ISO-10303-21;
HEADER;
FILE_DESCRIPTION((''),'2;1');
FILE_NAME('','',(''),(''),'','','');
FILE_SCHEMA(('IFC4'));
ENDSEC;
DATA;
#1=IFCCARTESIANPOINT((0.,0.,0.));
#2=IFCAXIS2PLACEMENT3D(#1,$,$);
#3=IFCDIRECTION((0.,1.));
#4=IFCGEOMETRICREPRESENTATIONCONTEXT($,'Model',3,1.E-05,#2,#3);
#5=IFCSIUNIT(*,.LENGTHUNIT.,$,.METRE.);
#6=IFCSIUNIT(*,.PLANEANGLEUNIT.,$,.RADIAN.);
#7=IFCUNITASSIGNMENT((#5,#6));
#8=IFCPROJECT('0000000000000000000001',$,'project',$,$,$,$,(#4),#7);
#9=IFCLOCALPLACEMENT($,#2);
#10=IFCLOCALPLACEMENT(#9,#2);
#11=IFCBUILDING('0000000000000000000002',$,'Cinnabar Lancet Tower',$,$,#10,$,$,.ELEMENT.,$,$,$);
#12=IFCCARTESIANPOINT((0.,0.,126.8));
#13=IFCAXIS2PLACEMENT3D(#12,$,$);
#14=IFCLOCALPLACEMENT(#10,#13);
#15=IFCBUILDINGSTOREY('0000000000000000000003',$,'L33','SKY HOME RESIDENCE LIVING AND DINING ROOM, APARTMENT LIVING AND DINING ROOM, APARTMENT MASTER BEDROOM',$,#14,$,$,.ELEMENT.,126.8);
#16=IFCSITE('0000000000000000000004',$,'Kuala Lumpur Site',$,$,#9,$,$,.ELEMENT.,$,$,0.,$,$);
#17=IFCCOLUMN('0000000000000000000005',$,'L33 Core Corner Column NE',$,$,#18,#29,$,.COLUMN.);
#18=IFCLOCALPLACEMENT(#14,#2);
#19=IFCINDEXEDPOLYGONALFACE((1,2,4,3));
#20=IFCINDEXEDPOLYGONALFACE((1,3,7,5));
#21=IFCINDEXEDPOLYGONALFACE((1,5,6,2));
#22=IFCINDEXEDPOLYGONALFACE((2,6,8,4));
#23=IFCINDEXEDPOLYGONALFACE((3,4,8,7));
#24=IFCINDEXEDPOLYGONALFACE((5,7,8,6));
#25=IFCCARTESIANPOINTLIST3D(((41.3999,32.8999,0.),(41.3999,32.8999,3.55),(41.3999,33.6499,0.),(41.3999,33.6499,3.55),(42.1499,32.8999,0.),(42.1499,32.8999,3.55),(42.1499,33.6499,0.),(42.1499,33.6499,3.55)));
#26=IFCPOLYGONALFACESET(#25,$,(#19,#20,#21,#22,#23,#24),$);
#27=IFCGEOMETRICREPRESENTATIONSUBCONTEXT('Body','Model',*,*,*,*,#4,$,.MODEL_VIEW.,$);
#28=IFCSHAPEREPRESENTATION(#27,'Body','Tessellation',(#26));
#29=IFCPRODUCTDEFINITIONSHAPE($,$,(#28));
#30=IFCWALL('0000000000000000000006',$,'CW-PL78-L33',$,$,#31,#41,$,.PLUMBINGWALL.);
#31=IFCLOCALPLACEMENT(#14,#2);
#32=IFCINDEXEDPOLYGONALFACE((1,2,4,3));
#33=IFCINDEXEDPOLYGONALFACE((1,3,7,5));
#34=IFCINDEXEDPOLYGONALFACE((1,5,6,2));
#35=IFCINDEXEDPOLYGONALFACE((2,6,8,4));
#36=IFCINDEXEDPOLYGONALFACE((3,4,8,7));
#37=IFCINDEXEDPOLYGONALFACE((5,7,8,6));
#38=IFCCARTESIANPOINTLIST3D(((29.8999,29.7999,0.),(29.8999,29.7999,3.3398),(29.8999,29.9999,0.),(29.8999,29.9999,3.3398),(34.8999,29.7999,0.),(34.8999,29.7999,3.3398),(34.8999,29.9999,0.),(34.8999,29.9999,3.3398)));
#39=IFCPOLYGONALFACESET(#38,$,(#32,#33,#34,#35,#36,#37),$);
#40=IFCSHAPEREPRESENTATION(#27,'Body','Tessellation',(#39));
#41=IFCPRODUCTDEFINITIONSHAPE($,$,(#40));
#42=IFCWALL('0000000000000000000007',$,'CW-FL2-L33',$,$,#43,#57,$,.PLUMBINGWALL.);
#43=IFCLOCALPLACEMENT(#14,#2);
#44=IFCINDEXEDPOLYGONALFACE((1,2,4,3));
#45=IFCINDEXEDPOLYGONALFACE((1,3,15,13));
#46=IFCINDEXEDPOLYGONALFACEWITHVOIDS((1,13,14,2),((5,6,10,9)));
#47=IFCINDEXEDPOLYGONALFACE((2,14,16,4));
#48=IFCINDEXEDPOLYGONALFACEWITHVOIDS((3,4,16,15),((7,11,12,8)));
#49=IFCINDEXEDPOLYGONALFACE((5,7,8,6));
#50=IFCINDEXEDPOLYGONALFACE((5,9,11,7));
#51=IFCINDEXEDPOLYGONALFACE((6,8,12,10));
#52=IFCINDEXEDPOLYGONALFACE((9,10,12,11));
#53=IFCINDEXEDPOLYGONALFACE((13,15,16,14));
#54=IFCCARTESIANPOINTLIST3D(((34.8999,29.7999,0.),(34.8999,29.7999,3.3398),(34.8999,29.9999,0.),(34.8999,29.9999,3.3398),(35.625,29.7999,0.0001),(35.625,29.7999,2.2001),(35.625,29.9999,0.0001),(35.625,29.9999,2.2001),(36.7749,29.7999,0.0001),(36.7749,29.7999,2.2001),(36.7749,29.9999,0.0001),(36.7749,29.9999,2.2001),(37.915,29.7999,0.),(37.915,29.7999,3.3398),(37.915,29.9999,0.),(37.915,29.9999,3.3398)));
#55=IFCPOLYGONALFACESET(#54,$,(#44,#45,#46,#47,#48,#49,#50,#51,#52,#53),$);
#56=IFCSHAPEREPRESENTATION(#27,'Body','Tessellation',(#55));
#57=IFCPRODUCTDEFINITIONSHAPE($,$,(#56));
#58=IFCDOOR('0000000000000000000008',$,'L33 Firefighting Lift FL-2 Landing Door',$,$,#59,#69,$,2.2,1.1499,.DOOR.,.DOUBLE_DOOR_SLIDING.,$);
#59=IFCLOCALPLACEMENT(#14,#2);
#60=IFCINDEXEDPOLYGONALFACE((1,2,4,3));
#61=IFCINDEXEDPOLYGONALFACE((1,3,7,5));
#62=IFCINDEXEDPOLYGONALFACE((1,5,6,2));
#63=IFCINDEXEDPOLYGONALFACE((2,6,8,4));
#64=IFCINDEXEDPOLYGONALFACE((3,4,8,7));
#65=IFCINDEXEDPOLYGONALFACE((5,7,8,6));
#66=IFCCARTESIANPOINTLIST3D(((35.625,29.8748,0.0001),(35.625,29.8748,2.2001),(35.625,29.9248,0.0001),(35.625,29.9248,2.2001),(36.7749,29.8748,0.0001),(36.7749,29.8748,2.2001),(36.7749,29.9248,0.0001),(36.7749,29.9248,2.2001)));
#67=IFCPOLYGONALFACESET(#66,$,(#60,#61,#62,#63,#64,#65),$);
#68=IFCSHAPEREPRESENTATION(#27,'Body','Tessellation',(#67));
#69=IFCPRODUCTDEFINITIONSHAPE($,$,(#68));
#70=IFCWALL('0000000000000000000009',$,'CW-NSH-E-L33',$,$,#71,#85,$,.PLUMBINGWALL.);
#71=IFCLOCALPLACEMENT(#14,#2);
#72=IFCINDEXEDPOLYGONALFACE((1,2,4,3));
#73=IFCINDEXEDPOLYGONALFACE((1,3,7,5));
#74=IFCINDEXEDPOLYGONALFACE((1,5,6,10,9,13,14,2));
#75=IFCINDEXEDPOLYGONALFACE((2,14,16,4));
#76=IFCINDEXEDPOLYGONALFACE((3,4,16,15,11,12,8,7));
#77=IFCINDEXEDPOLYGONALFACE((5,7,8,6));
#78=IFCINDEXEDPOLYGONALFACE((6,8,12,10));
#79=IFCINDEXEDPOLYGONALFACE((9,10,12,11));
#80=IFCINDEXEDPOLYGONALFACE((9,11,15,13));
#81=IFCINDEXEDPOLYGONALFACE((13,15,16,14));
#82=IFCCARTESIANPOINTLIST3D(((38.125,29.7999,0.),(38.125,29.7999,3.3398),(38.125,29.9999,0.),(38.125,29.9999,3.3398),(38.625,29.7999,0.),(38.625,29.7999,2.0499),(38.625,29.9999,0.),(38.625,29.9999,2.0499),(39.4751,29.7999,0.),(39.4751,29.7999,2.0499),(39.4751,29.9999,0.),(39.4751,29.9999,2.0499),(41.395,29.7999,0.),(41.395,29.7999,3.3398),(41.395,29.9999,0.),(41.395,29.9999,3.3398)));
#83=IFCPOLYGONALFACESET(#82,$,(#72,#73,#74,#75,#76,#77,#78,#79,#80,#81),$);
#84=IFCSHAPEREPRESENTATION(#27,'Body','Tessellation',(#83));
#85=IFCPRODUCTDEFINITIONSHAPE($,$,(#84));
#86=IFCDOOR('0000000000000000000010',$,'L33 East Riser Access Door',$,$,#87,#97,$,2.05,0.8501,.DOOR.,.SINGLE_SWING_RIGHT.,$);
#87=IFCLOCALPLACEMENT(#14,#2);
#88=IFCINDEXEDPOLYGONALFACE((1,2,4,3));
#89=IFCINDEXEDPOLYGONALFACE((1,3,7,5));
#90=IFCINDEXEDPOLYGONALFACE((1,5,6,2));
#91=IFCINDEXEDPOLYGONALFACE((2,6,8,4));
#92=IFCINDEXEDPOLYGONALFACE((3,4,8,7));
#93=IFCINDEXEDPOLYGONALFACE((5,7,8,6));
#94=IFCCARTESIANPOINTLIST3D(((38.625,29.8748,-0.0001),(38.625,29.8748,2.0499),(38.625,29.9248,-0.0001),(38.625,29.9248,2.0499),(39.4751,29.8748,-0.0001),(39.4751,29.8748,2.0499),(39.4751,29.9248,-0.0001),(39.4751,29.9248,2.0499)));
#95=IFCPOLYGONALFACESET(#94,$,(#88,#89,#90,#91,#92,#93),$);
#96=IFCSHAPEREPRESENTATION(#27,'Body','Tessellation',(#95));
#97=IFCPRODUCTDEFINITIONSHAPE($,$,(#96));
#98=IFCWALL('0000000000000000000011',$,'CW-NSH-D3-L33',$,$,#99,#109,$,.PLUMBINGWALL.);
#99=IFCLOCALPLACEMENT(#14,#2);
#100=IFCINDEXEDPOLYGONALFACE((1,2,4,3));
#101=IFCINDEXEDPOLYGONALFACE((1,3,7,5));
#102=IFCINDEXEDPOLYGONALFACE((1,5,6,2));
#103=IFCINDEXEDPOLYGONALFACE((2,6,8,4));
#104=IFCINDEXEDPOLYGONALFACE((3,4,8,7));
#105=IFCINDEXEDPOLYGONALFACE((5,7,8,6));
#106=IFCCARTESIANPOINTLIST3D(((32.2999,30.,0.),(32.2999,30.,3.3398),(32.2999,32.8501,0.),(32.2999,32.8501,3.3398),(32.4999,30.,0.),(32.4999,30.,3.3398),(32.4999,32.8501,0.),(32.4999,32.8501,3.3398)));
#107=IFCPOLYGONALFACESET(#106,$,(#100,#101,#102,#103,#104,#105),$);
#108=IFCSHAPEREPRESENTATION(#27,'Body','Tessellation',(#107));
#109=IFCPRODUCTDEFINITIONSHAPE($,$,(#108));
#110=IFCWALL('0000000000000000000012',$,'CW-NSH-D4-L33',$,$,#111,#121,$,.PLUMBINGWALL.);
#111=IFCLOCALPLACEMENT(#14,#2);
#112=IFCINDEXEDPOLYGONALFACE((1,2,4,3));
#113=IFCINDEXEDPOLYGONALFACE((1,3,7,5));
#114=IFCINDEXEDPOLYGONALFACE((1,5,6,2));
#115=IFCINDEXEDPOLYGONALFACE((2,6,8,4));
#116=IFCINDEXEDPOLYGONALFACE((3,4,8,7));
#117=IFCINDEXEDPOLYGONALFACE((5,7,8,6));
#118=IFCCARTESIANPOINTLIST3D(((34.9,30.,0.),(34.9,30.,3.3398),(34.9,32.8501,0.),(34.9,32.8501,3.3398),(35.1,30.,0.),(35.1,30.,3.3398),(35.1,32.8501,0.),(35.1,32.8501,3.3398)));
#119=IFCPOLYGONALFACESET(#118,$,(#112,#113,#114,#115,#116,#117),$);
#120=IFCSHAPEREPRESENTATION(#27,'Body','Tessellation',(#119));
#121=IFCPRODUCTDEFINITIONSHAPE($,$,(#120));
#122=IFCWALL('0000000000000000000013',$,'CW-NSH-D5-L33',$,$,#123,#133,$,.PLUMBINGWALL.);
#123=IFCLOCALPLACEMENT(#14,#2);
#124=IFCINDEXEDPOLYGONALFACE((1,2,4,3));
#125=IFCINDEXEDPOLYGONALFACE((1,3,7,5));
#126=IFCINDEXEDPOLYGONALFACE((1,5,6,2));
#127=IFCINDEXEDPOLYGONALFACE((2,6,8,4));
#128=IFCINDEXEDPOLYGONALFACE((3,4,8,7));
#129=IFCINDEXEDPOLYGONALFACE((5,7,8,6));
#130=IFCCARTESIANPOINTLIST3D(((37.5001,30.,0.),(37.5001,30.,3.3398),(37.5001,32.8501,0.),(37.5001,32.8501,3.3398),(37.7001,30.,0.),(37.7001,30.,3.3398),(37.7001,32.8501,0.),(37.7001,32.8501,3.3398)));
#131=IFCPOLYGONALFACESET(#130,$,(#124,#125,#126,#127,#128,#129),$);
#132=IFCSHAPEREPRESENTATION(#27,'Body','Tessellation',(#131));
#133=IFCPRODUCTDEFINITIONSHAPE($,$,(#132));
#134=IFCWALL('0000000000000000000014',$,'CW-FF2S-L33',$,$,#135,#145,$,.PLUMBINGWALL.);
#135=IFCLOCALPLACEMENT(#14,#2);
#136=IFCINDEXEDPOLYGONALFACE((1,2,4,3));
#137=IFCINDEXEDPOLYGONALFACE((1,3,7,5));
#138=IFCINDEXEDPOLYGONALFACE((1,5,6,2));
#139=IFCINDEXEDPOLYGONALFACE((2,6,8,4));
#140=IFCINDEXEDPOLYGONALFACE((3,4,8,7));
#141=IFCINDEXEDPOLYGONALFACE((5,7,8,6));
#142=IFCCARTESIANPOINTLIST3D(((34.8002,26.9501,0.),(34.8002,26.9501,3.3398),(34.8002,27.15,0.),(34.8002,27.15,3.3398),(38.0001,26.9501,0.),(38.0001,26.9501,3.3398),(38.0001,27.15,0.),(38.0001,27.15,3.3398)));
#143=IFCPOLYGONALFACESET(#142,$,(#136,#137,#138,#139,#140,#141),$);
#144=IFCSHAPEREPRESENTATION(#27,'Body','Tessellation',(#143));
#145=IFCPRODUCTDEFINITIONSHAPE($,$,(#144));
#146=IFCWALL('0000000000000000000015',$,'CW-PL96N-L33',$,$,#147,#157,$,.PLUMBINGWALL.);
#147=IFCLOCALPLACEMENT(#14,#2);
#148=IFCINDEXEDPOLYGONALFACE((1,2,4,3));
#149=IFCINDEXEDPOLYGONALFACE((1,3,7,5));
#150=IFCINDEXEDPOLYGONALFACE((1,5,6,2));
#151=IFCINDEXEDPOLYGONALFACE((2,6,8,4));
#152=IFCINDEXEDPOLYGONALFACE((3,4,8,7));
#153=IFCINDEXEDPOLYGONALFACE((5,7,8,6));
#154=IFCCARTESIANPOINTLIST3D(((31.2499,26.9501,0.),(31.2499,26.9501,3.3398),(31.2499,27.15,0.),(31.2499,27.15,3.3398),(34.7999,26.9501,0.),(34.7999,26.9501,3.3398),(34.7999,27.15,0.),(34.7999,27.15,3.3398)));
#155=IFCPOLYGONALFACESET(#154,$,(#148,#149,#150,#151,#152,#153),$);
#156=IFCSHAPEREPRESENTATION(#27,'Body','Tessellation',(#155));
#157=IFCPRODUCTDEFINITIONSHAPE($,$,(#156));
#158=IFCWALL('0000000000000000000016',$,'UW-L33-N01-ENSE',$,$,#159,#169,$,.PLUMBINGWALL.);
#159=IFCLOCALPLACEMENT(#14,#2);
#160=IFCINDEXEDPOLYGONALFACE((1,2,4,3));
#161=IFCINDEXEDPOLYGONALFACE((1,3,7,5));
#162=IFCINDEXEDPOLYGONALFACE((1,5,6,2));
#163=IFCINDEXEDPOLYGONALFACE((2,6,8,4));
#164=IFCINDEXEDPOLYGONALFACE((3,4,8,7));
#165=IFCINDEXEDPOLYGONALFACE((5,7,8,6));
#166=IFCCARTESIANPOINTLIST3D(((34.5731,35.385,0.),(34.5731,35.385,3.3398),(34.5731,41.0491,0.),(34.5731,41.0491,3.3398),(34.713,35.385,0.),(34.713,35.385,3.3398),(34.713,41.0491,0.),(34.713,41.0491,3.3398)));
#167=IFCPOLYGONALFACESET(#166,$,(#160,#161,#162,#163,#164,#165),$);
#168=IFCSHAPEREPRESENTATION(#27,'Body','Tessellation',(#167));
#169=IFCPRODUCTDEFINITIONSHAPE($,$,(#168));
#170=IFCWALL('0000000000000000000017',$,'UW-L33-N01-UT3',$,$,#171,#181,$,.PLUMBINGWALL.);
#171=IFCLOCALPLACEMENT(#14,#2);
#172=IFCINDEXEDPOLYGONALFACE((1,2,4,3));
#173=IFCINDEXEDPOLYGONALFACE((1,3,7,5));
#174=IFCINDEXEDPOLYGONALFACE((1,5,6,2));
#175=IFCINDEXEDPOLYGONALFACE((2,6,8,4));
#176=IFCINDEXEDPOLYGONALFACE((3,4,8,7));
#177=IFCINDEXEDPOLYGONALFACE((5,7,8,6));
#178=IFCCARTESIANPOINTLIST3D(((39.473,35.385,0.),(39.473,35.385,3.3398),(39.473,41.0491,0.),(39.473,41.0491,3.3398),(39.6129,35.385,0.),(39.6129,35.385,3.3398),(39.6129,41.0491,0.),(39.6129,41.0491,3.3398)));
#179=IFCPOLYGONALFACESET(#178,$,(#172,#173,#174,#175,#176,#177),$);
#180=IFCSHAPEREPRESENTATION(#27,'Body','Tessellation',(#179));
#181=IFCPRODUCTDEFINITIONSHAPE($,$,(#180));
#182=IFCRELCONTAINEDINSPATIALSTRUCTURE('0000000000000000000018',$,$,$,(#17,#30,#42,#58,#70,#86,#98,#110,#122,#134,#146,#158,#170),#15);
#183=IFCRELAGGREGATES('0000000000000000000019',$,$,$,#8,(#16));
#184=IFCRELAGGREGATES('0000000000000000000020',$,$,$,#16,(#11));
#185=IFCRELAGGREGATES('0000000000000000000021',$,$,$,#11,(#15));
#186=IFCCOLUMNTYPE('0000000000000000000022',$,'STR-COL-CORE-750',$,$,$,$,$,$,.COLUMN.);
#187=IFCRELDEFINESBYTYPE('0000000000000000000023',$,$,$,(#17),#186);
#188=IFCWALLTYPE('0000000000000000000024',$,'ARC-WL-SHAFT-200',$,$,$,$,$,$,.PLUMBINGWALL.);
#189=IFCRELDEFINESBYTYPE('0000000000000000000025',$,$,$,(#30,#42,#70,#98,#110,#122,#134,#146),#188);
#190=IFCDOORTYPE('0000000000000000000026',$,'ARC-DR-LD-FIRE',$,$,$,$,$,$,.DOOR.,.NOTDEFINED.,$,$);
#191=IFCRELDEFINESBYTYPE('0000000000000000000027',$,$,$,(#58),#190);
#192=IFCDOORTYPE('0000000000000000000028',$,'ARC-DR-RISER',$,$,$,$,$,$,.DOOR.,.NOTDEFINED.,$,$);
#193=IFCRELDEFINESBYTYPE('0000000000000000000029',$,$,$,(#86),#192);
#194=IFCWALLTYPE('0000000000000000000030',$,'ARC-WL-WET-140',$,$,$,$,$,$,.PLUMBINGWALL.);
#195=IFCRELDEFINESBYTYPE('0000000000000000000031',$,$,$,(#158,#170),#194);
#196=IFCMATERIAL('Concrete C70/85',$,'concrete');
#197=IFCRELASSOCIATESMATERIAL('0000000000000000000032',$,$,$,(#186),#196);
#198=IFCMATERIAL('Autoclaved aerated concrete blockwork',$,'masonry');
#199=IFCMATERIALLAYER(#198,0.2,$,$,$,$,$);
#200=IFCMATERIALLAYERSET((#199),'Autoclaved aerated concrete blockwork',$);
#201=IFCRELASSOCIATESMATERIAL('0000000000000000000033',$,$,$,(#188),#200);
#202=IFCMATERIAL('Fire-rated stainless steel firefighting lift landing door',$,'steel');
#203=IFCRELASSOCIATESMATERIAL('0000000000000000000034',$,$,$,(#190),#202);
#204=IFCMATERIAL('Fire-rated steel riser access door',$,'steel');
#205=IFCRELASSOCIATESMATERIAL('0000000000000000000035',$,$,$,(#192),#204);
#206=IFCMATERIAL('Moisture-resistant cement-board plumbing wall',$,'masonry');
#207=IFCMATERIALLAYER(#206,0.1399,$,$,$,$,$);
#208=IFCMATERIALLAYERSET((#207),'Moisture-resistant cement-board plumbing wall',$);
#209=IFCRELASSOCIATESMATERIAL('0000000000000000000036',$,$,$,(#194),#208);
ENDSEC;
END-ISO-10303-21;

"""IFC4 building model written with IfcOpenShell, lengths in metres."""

from ifc_helpers import new_model, si_unit, direction, frame, frame_2d, origin, origin_2d, place, context, subcontext, project, spatial, rectangle, extrude, material, layer, layer_set, material_profile, profile_set, type_object, element, fill, save


model = new_model("IFC4")

# Units and contexts
model_context = context("Model", 3, precision=1e-05, world=origin(), true_north=direction((0.0, 1.0)))
body_context = subcontext(model_context, "Body", "Model", "MODEL_VIEW")
ifc_project = project(units=[si_unit("LENGTHUNIT", "METRE"), si_unit("PLANEANGLEUNIT", "RADIAN")], contexts=[model_context])

# Site, building, storey
site_placement = place(None, origin())
site = spatial("IfcSite", under=ifc_project, at=site_placement, Name="Kuala Lumpur Site", CompositionType="ELEMENT", RefElevation=0.0)
building_placement = place(site_placement, origin())
building = spatial("IfcBuilding", under=site, at=building_placement, Name="Cinnabar Lancet Tower", CompositionType="ELEMENT")
storey_placement = place(building_placement, frame((0.0, 0.0, 126.8)))
storey = spatial("IfcBuildingStorey", under=building, at=storey_placement, Name="L33", Description="SKY HOME RESIDENCE LIVING AND DINING ROOM, APARTMENT LIVING AND DINING ROOM, APARTMENT MASTER BEDROOM", CompositionType="ELEMENT", Elevation=126.8)

# Column
ifc_material_1 = material(Name="Concrete C70/85", Category="concrete")
ifc_material_profile = material_profile(ifc_material_1, rectangle(XDim=0.75, YDim=0.75, at=origin_2d()), Name="RC-COL 750x750")
ifc_profile_set = profile_set([ifc_material_profile], Name="Concrete C70/85")
column_type = type_object("IfcColumnType", Name="STR-COL-CORE-750", PredefinedType="COLUMN", material=ifc_profile_set)
column_placement = place(storey_placement, frame((41.7749, 33.2749, 0.0), z_axis=(0.0, 0.0, 1.0), x_axis=(1.0, 0.0, 0.0)))
element("IfcColumn", 1, at=column_placement, inside=storey, type_object=column_type, Name="L33 Core Corner Column NE", PredefinedType="COLUMN", context=body_context, shape_type="SweptSolid", body=[
    extrude(rectangle(XDim=0.75, YDim=0.75, at=origin_2d()), origin(), (0.0, 0.0, 1.0), 3.55),
])

# Wall
ifc_material_2 = material(Name="Autoclaved aerated concrete blockwork", Category="masonry")
ifc_layer_1 = layer(ifc_material_2, 0.2)
ifc_layer_set_1 = layer_set([ifc_layer_1], Name="Autoclaved aerated concrete blockwork")
wall_type_1 = type_object("IfcWallType", Name="ARC-WL-SHAFT-200", PredefinedType="PLUMBINGWALL", material=ifc_layer_set_1)
wall_1_placement = place(storey_placement, frame((29.8999, 29.8999, 0.0), z_axis=(0.0, 0.0, 1.0), x_axis=(1.0, 0.0, 0.0)))
element("IfcWall", 2, at=wall_1_placement, inside=storey, type_object=wall_type_1, Name="CW-PL78-L33", PredefinedType="PLUMBINGWALL", context=body_context, shape_type="SweptSolid", body=[
    extrude(rectangle(XDim=5.0, YDim=0.2, at=frame_2d((2.5, 0.0))), origin(), (0.0, 0.0, 1.0), 3.3398),
])

# Walls, openings, doors
wall_2_placement = place(storey_placement, frame((34.8999, 29.8999, 0.0), z_axis=(0.0, 0.0, 1.0), x_axis=(1.0, 0.0, 0.0)))
wall_2 = element("IfcWall", 3, at=wall_2_placement, inside=storey, type_object=wall_type_1, Name="CW-FL2-L33", PredefinedType="PLUMBINGWALL", context=body_context, shape_type="SweptSolid", body=[
    extrude(rectangle(XDim=3.0151, YDim=0.2, at=frame_2d((1.5076, 0.0))), origin(), (0.0, 0.0, 1.0), 3.3398),
])
opening_1_placement = place(wall_2_placement, frame((0.7251, 0.0, 0.0)))
opening_1 = element("IfcOpeningElement", 4, at=opening_1_placement, cuts=wall_2, PredefinedType="OPENING", context=body_context, shape_type="SweptSolid", body=[
    extrude(rectangle(XDim=1.1499, YDim=2.2, at=frame_2d((0.575, 1.1001))), frame((0.0, 0.1099, 0.0), z_axis=(0.0, -1.0, 0.0), x_axis=(1.0, 0.0, 0.0)), (0.0, 0.0, 1.0), 0.22),
])
ifc_material_3 = material(Name="Fire-rated stainless steel firefighting lift landing door", Category="steel")
door_type_1 = type_object("IfcDoorType", Name="ARC-DR-LD-FIRE", OperationType="NOTDEFINED", PredefinedType="DOOR", material=ifc_material_3)
door_1_placement = place(opening_1_placement, origin())
door_1 = element("IfcDoor", 5, at=door_1_placement, inside=storey, type_object=door_type_1, Name="L33 Firefighting Lift FL-2 Landing Door", OperationType="DOUBLE_DOOR_SLIDING", OverallHeight=2.2, OverallWidth=1.1499, PredefinedType="DOOR", context=body_context, shape_type="SweptSolid", body=[
    extrude(rectangle(XDim=1.1499, YDim=2.2, at=frame_2d((0.575, 1.1001))), frame((0.0, 0.0249, 0.0), z_axis=(0.0, -1.0, 0.0), x_axis=(1.0, 0.0, 0.0)), (0.0, 0.0, 1.0), 0.05),
])
fill(opening_1, door_1)
wall_3_placement = place(storey_placement, frame((38.125, 29.8999, 0.0), z_axis=(0.0, 0.0, 1.0), x_axis=(1.0, 0.0, 0.0)))
wall_3 = element("IfcWall", 6, at=wall_3_placement, inside=storey, type_object=wall_type_1, Name="CW-NSH-E-L33", PredefinedType="PLUMBINGWALL", context=body_context, shape_type="SweptSolid", body=[
    extrude(rectangle(XDim=3.27, YDim=0.2, at=frame_2d((1.635, 0.0))), origin(), (0.0, 0.0, 1.0), 3.3398),
])
opening_2_placement = place(wall_3_placement, frame((0.5, 0.0, 0.0)))
opening_2 = element("IfcOpeningElement", 7, at=opening_2_placement, cuts=wall_3, PredefinedType="OPENING", context=body_context, shape_type="SweptSolid", body=[
    extrude(rectangle(XDim=0.8501, YDim=2.05, at=frame_2d((0.425, 1.0249))), frame((0.0, 0.1099, 0.0), z_axis=(0.0, -1.0, 0.0), x_axis=(1.0, 0.0, 0.0)), (0.0, 0.0, 1.0), 0.22),
])
ifc_material_4 = material(Name="Fire-rated steel riser access door", Category="steel")
door_type_2 = type_object("IfcDoorType", Name="ARC-DR-RISER", OperationType="NOTDEFINED", PredefinedType="DOOR", material=ifc_material_4)
door_2_placement = place(opening_2_placement, origin())
door_2 = element("IfcDoor", 8, at=door_2_placement, inside=storey, type_object=door_type_2, Name="L33 East Riser Access Door", OperationType="SINGLE_SWING_RIGHT", OverallHeight=2.05, OverallWidth=0.8501, PredefinedType="DOOR", context=body_context, shape_type="SweptSolid", body=[
    extrude(rectangle(XDim=0.8501, YDim=2.05, at=frame_2d((0.425, 1.0249))), frame((0.0, 0.0249, 0.0), z_axis=(0.0, -1.0, 0.0), x_axis=(1.0, 0.0, 0.0)), (0.0, 0.0, 1.0), 0.05),
])
fill(opening_2, door_2)

# Walls
for number, where, z_axis, x_axis, name in (
    (9, (32.3999, 30.0, 0.0), (0.0, 0.0, 1.0), (0.0, 1.0, 0.0), "CW-NSH-D3-L33"),
    (10, (35.0, 30.0, 0.0), (0.0, 0.0, 1.0), (0.0, 1.0, 0.0), "CW-NSH-D4-L33"),
    (11, (37.6001, 30.0, 0.0), (0.0, 0.0, 1.0), (0.0, 1.0, 0.0), "CW-NSH-D5-L33"),
):
    element("IfcWall", number, at=place(storey_placement, frame(where, z_axis=z_axis, x_axis=x_axis)), inside=storey, type_object=wall_type_1, Name=name, PredefinedType="PLUMBINGWALL", context=body_context, shape_type="SweptSolid", body=[
        extrude(rectangle(XDim=2.8501, YDim=0.2, at=frame_2d((1.425, 0.0))), origin(), (0.0, 0.0, 1.0), 3.3398),
    ])

# Walls
wall_4_placement = place(storey_placement, frame((34.8, 27.05, 0.0), z_axis=(0.0, 0.0, 1.0), x_axis=(1.0, 0.0, 0.0)))
element("IfcWall", 12, at=wall_4_placement, inside=storey, type_object=wall_type_1, Name="CW-FF2S-L33", PredefinedType="PLUMBINGWALL", context=body_context, shape_type="SweptSolid", body=[
    extrude(rectangle(XDim=3.2, YDim=0.2, at=frame_2d((1.6001, 0.0))), origin(), (0.0, 0.0, 1.0), 3.3398),
])
wall_5_placement = place(storey_placement, frame((31.25, 27.05, 0.0), z_axis=(0.0, 0.0, 1.0), x_axis=(1.0, 0.0, 0.0)))
element("IfcWall", 13, at=wall_5_placement, inside=storey, type_object=wall_type_1, Name="CW-PL96N-L33", PredefinedType="PLUMBINGWALL", context=body_context, shape_type="SweptSolid", body=[
    extrude(rectangle(XDim=3.55, YDim=0.2, at=frame_2d((1.7749, 0.0))), origin(), (0.0, 0.0, 1.0), 3.3398),
])
ifc_material_5 = material(Name="Moisture-resistant cement-board plumbing wall", Category="masonry")
ifc_layer_2 = layer(ifc_material_5, 0.1399)
ifc_layer_set_2 = layer_set([ifc_layer_2], Name="Moisture-resistant cement-board plumbing wall")
wall_type_2 = type_object("IfcWallType", Name="ARC-WL-WET-140", PredefinedType="PLUMBINGWALL", material=ifc_layer_set_2)
for number, where, z_axis, x_axis, name in (
    (14, (34.6431, 35.385, 0.0), (0.0, 0.0, 1.0), (0.0, 1.0, 0.0), "UW-L33-N01-ENSE"),
    (15, (39.543, 35.385, 0.0), (0.0, 0.0, 1.0), (0.0, 1.0, 0.0), "UW-L33-N01-UT3"),
):
    element("IfcWall", number, at=place(storey_placement, frame(where, z_axis=z_axis, x_axis=x_axis)), inside=storey, type_object=wall_type_2, Name=name, PredefinedType="PLUMBINGWALL", context=body_context, shape_type="SweptSolid", body=[
        extrude(rectangle(XDim=5.6641, YDim=0.1399, at=frame_2d((2.832, 0.0))), origin(), (0.0, 0.0, 1.0), 3.3398),
    ])

save(model, "model.ifc")
